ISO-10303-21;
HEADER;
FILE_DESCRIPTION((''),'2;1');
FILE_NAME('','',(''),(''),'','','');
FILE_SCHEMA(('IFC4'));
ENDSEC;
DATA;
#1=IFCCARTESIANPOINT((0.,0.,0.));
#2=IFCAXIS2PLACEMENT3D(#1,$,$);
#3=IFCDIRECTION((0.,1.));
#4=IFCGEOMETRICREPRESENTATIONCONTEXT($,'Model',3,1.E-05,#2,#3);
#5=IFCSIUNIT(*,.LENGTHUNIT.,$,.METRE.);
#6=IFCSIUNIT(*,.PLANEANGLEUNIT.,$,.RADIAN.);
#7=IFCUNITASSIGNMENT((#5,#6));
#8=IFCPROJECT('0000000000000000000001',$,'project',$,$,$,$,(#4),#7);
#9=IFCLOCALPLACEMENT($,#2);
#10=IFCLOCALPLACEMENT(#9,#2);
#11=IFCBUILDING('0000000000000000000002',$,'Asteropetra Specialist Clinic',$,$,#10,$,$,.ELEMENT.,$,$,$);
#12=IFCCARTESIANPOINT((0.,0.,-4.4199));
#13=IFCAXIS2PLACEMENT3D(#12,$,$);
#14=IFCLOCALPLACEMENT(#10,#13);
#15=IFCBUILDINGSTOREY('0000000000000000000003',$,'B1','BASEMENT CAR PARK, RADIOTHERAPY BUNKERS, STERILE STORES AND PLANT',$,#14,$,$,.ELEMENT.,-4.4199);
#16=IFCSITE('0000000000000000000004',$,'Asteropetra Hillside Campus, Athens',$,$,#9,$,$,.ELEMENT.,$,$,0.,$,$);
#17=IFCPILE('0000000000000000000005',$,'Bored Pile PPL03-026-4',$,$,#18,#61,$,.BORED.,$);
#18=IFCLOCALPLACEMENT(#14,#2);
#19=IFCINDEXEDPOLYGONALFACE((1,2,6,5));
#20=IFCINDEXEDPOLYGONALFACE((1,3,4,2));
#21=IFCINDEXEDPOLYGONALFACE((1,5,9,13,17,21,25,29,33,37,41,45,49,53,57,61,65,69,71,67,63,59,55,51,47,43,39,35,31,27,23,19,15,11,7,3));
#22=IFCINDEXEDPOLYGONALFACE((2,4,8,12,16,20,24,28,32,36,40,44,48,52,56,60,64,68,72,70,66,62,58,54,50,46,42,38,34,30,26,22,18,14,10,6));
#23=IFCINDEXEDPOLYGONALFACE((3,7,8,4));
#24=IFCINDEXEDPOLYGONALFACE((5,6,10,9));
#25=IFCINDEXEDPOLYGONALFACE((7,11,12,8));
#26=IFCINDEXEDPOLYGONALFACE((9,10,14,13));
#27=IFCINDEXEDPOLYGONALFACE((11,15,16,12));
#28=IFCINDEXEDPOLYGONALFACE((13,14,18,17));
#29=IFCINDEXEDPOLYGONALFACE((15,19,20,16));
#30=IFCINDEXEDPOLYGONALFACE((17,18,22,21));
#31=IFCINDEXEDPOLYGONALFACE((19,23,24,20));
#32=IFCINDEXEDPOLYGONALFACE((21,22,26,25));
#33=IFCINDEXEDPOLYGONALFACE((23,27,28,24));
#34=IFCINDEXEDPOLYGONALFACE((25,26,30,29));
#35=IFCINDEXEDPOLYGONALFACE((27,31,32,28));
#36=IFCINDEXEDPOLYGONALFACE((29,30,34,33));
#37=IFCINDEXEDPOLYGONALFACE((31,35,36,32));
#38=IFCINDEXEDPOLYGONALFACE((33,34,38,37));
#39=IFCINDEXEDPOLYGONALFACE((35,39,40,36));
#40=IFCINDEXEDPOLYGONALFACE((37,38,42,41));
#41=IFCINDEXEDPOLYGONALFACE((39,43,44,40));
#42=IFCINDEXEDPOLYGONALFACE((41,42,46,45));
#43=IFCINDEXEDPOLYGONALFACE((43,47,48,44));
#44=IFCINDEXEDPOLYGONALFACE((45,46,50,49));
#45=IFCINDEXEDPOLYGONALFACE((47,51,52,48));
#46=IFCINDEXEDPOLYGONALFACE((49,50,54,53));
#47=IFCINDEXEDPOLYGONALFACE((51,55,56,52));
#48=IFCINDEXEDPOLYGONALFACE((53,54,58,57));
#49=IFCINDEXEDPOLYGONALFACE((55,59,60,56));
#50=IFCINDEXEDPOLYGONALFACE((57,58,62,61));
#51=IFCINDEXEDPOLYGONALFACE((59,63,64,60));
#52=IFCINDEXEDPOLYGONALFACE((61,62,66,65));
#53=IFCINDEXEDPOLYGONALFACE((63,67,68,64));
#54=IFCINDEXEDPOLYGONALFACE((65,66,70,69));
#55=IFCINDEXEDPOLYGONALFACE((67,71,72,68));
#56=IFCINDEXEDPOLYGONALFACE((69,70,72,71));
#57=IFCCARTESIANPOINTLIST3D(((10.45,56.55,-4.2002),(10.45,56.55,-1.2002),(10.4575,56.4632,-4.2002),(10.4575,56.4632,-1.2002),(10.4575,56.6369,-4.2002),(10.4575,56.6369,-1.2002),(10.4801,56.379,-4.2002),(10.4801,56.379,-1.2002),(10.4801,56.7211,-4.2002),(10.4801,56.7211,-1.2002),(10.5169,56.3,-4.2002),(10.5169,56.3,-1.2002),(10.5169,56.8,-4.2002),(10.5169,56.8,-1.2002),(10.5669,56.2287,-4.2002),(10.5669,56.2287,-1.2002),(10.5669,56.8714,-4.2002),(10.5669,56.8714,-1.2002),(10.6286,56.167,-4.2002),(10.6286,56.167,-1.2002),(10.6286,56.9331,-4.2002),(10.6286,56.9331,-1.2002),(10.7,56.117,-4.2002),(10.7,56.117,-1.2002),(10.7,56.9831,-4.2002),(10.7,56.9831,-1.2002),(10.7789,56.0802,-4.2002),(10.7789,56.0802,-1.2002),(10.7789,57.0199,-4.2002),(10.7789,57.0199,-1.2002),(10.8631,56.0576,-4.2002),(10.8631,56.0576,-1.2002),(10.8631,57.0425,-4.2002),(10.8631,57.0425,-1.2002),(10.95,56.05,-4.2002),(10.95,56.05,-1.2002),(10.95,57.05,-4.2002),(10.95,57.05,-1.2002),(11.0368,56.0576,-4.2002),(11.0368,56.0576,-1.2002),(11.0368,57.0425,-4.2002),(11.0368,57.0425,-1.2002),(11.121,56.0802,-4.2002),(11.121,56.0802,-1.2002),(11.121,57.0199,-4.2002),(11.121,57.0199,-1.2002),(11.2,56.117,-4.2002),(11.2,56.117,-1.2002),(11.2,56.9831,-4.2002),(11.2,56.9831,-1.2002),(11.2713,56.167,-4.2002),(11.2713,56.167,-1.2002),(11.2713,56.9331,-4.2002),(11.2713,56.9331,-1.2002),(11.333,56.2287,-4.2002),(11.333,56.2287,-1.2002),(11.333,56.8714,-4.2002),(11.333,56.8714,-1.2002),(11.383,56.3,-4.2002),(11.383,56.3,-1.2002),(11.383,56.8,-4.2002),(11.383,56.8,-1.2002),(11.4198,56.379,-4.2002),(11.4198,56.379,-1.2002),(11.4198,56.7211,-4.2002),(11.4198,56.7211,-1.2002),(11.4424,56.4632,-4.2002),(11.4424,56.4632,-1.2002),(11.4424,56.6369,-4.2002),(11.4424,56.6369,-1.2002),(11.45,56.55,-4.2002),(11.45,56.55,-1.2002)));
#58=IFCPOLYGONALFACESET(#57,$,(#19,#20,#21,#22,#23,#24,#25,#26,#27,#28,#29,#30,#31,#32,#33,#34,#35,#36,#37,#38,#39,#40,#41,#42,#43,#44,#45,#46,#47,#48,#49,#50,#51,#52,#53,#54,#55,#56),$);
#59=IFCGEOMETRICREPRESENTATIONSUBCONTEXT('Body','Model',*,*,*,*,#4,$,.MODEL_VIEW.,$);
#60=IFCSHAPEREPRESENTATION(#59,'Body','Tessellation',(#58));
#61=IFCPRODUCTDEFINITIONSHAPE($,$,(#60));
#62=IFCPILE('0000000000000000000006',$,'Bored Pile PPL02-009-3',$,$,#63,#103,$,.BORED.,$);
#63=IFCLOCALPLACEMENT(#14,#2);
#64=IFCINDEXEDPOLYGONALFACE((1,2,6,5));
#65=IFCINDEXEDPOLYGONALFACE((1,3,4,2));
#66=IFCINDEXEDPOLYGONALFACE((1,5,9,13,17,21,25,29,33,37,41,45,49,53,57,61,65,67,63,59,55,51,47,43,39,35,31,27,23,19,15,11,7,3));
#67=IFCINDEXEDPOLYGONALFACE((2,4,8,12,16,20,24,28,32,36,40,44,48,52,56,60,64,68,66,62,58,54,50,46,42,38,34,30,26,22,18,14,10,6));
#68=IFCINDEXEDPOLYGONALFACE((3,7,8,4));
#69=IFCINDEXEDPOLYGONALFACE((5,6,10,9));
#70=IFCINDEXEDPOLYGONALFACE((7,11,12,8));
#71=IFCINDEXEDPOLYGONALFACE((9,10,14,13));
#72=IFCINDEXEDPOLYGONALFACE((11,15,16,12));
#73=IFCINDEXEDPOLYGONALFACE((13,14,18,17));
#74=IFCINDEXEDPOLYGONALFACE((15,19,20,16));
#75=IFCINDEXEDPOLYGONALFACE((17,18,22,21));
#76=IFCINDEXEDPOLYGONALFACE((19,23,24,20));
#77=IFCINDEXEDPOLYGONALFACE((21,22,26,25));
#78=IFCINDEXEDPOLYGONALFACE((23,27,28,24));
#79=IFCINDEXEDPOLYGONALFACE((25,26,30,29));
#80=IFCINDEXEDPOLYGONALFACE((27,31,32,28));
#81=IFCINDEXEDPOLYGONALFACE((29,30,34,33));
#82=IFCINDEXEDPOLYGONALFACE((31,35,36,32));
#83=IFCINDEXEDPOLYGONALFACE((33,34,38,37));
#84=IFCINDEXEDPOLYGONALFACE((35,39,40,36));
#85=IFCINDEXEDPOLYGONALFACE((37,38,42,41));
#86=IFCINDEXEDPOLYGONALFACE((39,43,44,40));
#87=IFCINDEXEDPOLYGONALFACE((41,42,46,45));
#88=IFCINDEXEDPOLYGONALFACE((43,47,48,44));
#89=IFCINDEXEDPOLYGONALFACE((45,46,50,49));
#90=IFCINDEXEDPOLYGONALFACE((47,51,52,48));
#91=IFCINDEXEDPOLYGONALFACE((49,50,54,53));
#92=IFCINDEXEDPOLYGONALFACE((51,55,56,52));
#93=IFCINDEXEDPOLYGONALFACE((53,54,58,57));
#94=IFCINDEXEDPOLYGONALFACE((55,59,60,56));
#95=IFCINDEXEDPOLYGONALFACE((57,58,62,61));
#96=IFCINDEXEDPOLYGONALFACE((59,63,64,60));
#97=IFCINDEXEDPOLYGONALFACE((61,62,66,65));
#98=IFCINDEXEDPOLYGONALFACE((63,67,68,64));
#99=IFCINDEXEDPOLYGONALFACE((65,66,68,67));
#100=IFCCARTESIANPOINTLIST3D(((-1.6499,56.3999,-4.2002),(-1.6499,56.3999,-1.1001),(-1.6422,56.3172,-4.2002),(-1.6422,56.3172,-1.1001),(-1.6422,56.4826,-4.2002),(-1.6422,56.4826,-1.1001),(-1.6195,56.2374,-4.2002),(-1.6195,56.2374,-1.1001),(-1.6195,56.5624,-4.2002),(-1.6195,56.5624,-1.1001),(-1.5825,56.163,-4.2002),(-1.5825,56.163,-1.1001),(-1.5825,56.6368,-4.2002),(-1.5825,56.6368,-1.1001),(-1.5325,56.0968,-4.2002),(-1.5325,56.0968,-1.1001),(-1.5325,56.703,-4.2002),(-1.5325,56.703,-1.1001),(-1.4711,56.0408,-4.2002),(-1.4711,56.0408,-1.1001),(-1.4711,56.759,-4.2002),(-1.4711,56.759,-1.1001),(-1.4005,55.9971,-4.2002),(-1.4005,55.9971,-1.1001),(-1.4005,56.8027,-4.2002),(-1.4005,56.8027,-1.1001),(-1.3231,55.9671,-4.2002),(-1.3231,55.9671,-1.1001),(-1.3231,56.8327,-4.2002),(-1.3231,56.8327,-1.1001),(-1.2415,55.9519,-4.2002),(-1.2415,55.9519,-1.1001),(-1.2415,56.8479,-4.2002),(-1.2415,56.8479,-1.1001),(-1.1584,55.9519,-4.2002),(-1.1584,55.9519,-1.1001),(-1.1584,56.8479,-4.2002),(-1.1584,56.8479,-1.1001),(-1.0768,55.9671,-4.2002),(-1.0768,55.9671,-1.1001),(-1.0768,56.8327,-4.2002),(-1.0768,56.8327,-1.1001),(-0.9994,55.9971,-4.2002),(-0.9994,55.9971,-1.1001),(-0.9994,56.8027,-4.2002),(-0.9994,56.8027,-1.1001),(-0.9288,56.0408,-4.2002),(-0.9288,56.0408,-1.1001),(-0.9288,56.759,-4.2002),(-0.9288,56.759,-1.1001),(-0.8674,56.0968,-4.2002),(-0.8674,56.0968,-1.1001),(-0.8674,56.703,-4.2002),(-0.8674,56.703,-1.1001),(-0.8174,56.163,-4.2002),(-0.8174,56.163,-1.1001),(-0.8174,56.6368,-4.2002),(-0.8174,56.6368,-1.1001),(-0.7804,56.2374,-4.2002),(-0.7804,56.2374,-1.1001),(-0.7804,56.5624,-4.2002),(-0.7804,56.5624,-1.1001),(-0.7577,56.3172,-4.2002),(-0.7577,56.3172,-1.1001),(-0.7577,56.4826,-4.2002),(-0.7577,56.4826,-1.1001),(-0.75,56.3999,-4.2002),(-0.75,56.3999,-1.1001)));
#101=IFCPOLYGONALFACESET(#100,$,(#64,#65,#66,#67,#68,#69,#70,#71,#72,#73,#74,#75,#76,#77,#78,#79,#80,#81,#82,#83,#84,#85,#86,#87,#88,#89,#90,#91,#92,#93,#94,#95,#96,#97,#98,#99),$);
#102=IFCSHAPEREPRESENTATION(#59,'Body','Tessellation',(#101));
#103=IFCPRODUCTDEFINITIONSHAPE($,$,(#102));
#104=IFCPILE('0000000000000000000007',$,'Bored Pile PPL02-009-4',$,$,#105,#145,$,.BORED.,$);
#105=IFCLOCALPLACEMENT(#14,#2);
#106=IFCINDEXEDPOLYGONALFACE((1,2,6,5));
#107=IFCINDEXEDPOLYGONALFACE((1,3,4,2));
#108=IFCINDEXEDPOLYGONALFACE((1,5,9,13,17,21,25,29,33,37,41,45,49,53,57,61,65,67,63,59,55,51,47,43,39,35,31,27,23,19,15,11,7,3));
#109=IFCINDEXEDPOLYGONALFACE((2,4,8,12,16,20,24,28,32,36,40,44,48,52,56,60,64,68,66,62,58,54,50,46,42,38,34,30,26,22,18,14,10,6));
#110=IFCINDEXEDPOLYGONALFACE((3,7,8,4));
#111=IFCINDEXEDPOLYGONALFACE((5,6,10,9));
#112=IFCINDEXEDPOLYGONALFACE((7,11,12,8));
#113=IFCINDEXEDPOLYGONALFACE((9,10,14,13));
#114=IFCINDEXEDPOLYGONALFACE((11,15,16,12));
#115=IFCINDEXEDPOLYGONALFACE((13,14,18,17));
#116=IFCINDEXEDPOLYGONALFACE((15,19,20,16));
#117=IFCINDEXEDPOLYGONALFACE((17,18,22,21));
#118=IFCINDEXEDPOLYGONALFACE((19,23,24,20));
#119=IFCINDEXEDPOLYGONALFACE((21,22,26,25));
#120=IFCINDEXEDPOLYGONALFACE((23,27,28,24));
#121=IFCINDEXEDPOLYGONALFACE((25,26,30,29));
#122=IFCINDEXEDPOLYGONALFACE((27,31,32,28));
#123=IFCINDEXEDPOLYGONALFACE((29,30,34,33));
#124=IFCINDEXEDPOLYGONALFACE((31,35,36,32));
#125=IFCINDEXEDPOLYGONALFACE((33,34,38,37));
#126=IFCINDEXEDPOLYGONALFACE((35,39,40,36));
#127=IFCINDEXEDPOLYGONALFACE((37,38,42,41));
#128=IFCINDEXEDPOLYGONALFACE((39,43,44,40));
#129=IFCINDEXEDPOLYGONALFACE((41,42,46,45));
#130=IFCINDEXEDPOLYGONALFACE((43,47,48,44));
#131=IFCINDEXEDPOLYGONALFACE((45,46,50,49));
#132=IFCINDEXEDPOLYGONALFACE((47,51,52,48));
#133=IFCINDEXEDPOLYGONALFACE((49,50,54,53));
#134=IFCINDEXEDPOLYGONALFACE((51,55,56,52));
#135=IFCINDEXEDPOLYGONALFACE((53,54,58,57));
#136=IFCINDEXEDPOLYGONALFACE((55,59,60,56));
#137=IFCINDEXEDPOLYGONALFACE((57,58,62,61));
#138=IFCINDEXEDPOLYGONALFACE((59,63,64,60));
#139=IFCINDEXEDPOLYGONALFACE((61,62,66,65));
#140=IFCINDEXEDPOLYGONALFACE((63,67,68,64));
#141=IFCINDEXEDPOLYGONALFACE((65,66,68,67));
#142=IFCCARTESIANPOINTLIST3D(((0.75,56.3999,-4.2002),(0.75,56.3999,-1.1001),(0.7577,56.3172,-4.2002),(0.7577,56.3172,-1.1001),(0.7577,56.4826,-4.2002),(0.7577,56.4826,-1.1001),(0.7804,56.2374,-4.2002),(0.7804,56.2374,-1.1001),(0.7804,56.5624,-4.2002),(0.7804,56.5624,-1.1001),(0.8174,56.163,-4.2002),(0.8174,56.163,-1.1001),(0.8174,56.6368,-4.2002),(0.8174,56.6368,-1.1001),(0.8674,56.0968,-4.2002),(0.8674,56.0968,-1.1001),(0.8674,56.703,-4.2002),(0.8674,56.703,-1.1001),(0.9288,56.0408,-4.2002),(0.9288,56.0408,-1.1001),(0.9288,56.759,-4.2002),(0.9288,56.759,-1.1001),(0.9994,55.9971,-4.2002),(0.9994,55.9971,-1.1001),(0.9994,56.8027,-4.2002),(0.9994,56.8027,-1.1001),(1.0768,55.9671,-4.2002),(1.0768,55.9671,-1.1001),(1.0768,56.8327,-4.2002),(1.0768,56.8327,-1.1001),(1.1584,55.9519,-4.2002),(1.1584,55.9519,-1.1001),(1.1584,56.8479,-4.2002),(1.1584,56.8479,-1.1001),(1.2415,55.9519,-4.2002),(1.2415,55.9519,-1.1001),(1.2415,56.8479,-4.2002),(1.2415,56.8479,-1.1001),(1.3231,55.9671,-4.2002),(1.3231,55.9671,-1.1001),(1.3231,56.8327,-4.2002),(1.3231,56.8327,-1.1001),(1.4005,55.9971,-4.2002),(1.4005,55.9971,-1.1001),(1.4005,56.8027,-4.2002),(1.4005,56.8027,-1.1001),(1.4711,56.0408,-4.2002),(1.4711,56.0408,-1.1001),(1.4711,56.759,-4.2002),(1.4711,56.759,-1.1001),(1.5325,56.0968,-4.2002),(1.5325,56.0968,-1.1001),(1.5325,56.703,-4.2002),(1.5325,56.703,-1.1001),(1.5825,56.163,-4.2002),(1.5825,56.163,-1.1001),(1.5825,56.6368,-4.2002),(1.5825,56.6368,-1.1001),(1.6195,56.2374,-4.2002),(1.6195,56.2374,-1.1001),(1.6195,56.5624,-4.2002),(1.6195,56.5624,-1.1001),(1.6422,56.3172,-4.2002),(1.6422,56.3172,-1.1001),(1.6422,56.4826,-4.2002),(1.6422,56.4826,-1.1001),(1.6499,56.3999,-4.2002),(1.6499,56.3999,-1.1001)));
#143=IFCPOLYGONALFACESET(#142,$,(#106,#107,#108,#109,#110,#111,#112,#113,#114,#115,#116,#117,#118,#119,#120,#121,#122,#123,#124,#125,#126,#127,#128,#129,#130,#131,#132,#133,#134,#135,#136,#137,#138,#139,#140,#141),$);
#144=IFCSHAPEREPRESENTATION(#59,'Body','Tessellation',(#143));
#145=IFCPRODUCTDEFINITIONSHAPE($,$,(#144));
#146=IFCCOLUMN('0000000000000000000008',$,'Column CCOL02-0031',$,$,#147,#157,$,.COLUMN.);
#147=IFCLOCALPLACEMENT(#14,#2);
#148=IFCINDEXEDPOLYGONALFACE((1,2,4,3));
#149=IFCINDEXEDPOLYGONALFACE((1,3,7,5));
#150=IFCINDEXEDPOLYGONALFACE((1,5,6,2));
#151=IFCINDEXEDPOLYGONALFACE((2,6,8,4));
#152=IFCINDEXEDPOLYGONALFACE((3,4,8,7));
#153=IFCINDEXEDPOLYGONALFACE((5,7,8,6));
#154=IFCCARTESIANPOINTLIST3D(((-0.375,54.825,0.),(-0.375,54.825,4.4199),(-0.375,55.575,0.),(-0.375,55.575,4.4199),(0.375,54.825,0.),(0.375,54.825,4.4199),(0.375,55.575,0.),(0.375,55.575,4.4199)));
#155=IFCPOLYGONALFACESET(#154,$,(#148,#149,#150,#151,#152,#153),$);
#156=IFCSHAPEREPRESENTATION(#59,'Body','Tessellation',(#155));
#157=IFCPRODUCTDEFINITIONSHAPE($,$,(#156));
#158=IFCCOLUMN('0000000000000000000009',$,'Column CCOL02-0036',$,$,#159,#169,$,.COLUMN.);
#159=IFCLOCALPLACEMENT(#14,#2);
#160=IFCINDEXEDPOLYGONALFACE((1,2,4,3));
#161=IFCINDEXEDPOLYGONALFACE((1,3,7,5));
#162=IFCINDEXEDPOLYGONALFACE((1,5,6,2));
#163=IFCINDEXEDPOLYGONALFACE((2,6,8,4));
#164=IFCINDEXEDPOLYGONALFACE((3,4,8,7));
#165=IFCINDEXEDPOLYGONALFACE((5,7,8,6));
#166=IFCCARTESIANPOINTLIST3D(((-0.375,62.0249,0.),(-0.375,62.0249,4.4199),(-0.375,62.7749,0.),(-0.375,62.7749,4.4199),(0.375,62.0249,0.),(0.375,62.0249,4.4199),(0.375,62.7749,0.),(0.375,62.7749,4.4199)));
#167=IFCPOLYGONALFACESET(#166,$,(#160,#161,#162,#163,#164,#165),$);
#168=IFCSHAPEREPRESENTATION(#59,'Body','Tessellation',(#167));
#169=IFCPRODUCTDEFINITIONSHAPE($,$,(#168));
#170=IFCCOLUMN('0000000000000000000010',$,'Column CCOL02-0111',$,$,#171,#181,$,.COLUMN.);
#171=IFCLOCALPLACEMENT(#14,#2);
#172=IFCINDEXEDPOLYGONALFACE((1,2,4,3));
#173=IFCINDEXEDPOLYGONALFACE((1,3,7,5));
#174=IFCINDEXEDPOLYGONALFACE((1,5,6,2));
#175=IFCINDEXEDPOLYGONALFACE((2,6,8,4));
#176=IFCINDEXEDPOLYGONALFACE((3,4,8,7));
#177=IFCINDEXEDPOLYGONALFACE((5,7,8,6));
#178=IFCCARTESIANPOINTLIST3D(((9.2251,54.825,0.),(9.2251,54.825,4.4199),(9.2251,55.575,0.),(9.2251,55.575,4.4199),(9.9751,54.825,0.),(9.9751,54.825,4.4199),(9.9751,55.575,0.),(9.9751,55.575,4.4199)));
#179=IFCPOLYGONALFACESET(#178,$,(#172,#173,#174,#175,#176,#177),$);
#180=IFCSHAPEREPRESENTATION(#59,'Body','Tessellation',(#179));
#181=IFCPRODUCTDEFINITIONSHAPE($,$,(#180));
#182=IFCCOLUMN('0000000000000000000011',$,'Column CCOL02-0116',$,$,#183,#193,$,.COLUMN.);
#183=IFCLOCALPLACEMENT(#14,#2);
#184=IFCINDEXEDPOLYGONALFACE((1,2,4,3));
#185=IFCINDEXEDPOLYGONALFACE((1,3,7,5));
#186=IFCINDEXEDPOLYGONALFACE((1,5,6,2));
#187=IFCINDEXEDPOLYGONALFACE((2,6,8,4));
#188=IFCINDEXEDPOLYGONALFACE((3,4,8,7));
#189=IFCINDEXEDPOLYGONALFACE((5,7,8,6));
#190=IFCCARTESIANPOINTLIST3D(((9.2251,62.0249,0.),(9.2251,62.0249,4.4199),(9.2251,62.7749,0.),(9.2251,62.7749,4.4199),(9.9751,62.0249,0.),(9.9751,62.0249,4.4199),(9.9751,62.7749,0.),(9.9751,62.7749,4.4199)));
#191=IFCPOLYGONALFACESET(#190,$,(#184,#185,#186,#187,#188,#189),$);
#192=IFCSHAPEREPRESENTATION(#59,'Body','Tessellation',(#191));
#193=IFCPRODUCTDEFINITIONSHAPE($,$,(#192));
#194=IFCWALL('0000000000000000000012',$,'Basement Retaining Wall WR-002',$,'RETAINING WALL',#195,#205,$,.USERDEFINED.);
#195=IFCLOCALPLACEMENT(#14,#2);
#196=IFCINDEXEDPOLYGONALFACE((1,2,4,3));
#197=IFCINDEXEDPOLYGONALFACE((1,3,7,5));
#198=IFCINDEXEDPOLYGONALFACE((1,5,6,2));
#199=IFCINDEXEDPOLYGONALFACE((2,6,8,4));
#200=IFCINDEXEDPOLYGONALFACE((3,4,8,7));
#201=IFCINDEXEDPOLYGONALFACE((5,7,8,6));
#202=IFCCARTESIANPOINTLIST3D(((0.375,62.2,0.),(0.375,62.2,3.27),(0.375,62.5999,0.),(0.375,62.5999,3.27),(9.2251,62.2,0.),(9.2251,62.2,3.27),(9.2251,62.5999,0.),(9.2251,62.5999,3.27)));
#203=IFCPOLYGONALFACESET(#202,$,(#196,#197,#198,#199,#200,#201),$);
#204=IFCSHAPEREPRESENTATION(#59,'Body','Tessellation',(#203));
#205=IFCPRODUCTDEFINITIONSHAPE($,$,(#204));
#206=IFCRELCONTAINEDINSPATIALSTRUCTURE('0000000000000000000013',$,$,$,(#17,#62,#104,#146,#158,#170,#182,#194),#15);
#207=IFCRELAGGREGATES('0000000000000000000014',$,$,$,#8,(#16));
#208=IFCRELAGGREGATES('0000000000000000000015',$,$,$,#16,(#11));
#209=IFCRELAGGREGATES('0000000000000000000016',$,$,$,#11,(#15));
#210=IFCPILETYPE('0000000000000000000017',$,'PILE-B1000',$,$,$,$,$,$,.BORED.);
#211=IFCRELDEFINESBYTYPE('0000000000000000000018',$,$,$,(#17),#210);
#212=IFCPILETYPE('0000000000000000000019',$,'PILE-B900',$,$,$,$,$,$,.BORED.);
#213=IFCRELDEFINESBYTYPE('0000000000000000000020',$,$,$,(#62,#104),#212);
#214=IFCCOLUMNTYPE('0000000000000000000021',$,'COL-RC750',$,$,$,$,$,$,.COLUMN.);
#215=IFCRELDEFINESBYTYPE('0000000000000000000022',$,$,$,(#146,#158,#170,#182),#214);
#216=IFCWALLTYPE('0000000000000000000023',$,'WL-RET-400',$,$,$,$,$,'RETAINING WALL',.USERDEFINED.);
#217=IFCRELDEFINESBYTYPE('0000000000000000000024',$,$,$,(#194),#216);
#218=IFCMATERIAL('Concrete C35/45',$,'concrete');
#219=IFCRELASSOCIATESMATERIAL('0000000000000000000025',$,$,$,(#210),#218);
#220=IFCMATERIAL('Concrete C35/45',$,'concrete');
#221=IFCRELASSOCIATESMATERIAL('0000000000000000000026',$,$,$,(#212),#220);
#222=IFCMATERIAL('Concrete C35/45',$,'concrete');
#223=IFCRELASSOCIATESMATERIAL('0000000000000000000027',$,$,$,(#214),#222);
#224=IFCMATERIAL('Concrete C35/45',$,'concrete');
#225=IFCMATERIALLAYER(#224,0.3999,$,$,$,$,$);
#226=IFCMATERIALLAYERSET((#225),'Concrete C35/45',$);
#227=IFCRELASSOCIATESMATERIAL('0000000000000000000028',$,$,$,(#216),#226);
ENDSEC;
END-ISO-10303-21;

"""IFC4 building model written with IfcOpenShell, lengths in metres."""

from ifc_helpers import new_model, si_unit, direction, frame, frame_2d, origin, origin_2d, place, context, subcontext, project, spatial, rectangle, circle, extrude, material, layer, layer_set, material_profile, profile_set, type_object, element, save


model = new_model("IFC4")

# Units and contexts
model_context = context("Model", 3, precision=1e-05, world=origin(), true_north=direction((0.0, 1.0)))
body_context = subcontext(model_context, "Body", "Model", "MODEL_VIEW")
ifc_project = project(units=[si_unit("LENGTHUNIT", "METRE"), si_unit("PLANEANGLEUNIT", "RADIAN")], contexts=[model_context])

# Site, building, storey
site_placement = place(None, origin())
site = spatial("IfcSite", under=ifc_project, at=site_placement, Name="Asteropetra Hillside Campus, Athens", CompositionType="ELEMENT", RefElevation=0.0)
building_placement = place(site_placement, origin())
building = spatial("IfcBuilding", under=site, at=building_placement, Name="Asteropetra Specialist Clinic", CompositionType="ELEMENT")
storey_placement = place(building_placement, frame((0.0, 0.0, -4.4199)))
storey = spatial("IfcBuildingStorey", under=building, at=storey_placement, Name="B1", Description="BASEMENT CAR PARK, RADIOTHERAPY BUNKERS, STERILE STORES AND PLANT", CompositionType="ELEMENT", Elevation=-4.4199)

# Piles
ifc_material_1 = material(Name="Concrete C35/45", Category="concrete")
ifc_material_profile_1 = material_profile(ifc_material_1, circle(Radius=0.5, at=origin_2d()), Name="PILE D1000")
ifc_profile_set_1 = profile_set([ifc_material_profile_1], Name="Concrete C35/45")
pile_type_1 = type_object("IfcPileType", Name="PILE-B1000", PredefinedType="BORED", material=ifc_profile_set_1)
for number, where, z_axis, x_axis, name in (
    (1, (10.95, 56.55, -1.2002), (0.0, 0.0, -1.0), (1.0, 0.0, 0.0), "Bored Pile PPL03-026-4"),
):
    element("IfcPile", number, at=place(storey_placement, frame(where, z_axis=z_axis, x_axis=x_axis)), inside=storey, type_object=pile_type_1, Name=name, PredefinedType="BORED", context=body_context, shape_type="SweptSolid", body=[
        extrude(circle(Radius=0.5, at=origin_2d()), origin(), (0.0, 0.0, 1.0), 3.0),
    ])
ifc_material_2 = material(Name="Concrete C35/45", Category="concrete")
ifc_material_profile_2 = material_profile(ifc_material_2, circle(Radius=0.45, at=origin_2d()), Name="PILE D900")
ifc_profile_set_2 = profile_set([ifc_material_profile_2], Name="Concrete C35/45")
pile_type_2 = type_object("IfcPileType", Name="PILE-B900", PredefinedType="BORED", material=ifc_profile_set_2)
for number, where, z_axis, x_axis, name in (
    (2, (-1.2, 56.3999, -1.1001), (0.0, 0.0, -1.0), (1.0, 0.0, 0.0), "Bored Pile PPL02-009-3"),
    (3, (1.2, 56.3999, -1.1001), (0.0, 0.0, -1.0), (1.0, 0.0, 0.0), "Bored Pile PPL02-009-4"),
):
    element("IfcPile", number, at=place(storey_placement, frame(where, z_axis=z_axis, x_axis=x_axis)), inside=storey, type_object=pile_type_2, Name=name, PredefinedType="BORED", context=body_context, shape_type="SweptSolid", body=[
        extrude(circle(Radius=0.45, at=origin_2d()), origin(), (0.0, 0.0, 1.0), 3.1001),
    ])

# Columns
ifc_material_3 = material(Name="Concrete C35/45", Category="concrete")
ifc_material_profile_3 = material_profile(ifc_material_3, rectangle(XDim=0.75, YDim=0.75, at=origin_2d()), Name="RC 750x750")
ifc_profile_set_3 = profile_set([ifc_material_profile_3], Name="Concrete C35/45")
column_type = type_object("IfcColumnType", Name="COL-RC750", PredefinedType="COLUMN", material=ifc_profile_set_3)
for number, where, z_axis, x_axis, name in (
    (4, (0.0, 55.2, 0.0), (0.0, 0.0, 1.0), (1.0, 0.0, 0.0), "Column CCOL02-0031"),
    (5, (0.0, 62.3999, 0.0), (0.0, 0.0, 1.0), (1.0, 0.0, 0.0), "Column CCOL02-0036"),
    (6, (9.6001, 55.2, 0.0), (0.0, 0.0, 1.0), (1.0, 0.0, 0.0), "Column CCOL02-0111"),
    (7, (9.6001, 62.3999, 0.0), (0.0, 0.0, 1.0), (1.0, 0.0, 0.0), "Column CCOL02-0116"),
):
    element("IfcColumn", number, at=place(storey_placement, frame(where, z_axis=z_axis, x_axis=x_axis)), inside=storey, type_object=column_type, Name=name, PredefinedType="COLUMN", context=body_context, shape_type="SweptSolid", body=[
        extrude(rectangle(XDim=0.75, YDim=0.75, at=origin_2d()), origin(), (0.0, 0.0, 1.0), 4.4199),
    ])

# Wall
ifc_material_4 = material(Name="Concrete C35/45", Category="concrete")
ifc_layer_1 = layer(ifc_material_4, 0.3999)
ifc_layer_set_1 = layer_set([ifc_layer_1], Name="Concrete C35/45")
wall_type_1 = type_object("IfcWallType", Name="WL-RET-400", ElementType="RETAINING WALL", PredefinedType="USERDEFINED", material=ifc_layer_set_1)
wall_1_placement = place(storey_placement, frame((0.375, 62.3999, 0.0), z_axis=(0.0, 0.0, 1.0), x_axis=(1.0, 0.0, 0.0)))
element("IfcWall", 8, at=wall_1_placement, inside=storey, type_object=wall_type_1, Name="Basement Retaining Wall WR-002", ObjectType="RETAINING WALL", PredefinedType="USERDEFINED", context=body_context, shape_type="SweptSolid", body=[
    extrude(rectangle(XDim=8.8501, YDim=0.3999, at=frame_2d((4.425, 0.0))), origin(), (0.0, 0.0, 1.0), 3.27),
])

save(model, "model.ifc")
